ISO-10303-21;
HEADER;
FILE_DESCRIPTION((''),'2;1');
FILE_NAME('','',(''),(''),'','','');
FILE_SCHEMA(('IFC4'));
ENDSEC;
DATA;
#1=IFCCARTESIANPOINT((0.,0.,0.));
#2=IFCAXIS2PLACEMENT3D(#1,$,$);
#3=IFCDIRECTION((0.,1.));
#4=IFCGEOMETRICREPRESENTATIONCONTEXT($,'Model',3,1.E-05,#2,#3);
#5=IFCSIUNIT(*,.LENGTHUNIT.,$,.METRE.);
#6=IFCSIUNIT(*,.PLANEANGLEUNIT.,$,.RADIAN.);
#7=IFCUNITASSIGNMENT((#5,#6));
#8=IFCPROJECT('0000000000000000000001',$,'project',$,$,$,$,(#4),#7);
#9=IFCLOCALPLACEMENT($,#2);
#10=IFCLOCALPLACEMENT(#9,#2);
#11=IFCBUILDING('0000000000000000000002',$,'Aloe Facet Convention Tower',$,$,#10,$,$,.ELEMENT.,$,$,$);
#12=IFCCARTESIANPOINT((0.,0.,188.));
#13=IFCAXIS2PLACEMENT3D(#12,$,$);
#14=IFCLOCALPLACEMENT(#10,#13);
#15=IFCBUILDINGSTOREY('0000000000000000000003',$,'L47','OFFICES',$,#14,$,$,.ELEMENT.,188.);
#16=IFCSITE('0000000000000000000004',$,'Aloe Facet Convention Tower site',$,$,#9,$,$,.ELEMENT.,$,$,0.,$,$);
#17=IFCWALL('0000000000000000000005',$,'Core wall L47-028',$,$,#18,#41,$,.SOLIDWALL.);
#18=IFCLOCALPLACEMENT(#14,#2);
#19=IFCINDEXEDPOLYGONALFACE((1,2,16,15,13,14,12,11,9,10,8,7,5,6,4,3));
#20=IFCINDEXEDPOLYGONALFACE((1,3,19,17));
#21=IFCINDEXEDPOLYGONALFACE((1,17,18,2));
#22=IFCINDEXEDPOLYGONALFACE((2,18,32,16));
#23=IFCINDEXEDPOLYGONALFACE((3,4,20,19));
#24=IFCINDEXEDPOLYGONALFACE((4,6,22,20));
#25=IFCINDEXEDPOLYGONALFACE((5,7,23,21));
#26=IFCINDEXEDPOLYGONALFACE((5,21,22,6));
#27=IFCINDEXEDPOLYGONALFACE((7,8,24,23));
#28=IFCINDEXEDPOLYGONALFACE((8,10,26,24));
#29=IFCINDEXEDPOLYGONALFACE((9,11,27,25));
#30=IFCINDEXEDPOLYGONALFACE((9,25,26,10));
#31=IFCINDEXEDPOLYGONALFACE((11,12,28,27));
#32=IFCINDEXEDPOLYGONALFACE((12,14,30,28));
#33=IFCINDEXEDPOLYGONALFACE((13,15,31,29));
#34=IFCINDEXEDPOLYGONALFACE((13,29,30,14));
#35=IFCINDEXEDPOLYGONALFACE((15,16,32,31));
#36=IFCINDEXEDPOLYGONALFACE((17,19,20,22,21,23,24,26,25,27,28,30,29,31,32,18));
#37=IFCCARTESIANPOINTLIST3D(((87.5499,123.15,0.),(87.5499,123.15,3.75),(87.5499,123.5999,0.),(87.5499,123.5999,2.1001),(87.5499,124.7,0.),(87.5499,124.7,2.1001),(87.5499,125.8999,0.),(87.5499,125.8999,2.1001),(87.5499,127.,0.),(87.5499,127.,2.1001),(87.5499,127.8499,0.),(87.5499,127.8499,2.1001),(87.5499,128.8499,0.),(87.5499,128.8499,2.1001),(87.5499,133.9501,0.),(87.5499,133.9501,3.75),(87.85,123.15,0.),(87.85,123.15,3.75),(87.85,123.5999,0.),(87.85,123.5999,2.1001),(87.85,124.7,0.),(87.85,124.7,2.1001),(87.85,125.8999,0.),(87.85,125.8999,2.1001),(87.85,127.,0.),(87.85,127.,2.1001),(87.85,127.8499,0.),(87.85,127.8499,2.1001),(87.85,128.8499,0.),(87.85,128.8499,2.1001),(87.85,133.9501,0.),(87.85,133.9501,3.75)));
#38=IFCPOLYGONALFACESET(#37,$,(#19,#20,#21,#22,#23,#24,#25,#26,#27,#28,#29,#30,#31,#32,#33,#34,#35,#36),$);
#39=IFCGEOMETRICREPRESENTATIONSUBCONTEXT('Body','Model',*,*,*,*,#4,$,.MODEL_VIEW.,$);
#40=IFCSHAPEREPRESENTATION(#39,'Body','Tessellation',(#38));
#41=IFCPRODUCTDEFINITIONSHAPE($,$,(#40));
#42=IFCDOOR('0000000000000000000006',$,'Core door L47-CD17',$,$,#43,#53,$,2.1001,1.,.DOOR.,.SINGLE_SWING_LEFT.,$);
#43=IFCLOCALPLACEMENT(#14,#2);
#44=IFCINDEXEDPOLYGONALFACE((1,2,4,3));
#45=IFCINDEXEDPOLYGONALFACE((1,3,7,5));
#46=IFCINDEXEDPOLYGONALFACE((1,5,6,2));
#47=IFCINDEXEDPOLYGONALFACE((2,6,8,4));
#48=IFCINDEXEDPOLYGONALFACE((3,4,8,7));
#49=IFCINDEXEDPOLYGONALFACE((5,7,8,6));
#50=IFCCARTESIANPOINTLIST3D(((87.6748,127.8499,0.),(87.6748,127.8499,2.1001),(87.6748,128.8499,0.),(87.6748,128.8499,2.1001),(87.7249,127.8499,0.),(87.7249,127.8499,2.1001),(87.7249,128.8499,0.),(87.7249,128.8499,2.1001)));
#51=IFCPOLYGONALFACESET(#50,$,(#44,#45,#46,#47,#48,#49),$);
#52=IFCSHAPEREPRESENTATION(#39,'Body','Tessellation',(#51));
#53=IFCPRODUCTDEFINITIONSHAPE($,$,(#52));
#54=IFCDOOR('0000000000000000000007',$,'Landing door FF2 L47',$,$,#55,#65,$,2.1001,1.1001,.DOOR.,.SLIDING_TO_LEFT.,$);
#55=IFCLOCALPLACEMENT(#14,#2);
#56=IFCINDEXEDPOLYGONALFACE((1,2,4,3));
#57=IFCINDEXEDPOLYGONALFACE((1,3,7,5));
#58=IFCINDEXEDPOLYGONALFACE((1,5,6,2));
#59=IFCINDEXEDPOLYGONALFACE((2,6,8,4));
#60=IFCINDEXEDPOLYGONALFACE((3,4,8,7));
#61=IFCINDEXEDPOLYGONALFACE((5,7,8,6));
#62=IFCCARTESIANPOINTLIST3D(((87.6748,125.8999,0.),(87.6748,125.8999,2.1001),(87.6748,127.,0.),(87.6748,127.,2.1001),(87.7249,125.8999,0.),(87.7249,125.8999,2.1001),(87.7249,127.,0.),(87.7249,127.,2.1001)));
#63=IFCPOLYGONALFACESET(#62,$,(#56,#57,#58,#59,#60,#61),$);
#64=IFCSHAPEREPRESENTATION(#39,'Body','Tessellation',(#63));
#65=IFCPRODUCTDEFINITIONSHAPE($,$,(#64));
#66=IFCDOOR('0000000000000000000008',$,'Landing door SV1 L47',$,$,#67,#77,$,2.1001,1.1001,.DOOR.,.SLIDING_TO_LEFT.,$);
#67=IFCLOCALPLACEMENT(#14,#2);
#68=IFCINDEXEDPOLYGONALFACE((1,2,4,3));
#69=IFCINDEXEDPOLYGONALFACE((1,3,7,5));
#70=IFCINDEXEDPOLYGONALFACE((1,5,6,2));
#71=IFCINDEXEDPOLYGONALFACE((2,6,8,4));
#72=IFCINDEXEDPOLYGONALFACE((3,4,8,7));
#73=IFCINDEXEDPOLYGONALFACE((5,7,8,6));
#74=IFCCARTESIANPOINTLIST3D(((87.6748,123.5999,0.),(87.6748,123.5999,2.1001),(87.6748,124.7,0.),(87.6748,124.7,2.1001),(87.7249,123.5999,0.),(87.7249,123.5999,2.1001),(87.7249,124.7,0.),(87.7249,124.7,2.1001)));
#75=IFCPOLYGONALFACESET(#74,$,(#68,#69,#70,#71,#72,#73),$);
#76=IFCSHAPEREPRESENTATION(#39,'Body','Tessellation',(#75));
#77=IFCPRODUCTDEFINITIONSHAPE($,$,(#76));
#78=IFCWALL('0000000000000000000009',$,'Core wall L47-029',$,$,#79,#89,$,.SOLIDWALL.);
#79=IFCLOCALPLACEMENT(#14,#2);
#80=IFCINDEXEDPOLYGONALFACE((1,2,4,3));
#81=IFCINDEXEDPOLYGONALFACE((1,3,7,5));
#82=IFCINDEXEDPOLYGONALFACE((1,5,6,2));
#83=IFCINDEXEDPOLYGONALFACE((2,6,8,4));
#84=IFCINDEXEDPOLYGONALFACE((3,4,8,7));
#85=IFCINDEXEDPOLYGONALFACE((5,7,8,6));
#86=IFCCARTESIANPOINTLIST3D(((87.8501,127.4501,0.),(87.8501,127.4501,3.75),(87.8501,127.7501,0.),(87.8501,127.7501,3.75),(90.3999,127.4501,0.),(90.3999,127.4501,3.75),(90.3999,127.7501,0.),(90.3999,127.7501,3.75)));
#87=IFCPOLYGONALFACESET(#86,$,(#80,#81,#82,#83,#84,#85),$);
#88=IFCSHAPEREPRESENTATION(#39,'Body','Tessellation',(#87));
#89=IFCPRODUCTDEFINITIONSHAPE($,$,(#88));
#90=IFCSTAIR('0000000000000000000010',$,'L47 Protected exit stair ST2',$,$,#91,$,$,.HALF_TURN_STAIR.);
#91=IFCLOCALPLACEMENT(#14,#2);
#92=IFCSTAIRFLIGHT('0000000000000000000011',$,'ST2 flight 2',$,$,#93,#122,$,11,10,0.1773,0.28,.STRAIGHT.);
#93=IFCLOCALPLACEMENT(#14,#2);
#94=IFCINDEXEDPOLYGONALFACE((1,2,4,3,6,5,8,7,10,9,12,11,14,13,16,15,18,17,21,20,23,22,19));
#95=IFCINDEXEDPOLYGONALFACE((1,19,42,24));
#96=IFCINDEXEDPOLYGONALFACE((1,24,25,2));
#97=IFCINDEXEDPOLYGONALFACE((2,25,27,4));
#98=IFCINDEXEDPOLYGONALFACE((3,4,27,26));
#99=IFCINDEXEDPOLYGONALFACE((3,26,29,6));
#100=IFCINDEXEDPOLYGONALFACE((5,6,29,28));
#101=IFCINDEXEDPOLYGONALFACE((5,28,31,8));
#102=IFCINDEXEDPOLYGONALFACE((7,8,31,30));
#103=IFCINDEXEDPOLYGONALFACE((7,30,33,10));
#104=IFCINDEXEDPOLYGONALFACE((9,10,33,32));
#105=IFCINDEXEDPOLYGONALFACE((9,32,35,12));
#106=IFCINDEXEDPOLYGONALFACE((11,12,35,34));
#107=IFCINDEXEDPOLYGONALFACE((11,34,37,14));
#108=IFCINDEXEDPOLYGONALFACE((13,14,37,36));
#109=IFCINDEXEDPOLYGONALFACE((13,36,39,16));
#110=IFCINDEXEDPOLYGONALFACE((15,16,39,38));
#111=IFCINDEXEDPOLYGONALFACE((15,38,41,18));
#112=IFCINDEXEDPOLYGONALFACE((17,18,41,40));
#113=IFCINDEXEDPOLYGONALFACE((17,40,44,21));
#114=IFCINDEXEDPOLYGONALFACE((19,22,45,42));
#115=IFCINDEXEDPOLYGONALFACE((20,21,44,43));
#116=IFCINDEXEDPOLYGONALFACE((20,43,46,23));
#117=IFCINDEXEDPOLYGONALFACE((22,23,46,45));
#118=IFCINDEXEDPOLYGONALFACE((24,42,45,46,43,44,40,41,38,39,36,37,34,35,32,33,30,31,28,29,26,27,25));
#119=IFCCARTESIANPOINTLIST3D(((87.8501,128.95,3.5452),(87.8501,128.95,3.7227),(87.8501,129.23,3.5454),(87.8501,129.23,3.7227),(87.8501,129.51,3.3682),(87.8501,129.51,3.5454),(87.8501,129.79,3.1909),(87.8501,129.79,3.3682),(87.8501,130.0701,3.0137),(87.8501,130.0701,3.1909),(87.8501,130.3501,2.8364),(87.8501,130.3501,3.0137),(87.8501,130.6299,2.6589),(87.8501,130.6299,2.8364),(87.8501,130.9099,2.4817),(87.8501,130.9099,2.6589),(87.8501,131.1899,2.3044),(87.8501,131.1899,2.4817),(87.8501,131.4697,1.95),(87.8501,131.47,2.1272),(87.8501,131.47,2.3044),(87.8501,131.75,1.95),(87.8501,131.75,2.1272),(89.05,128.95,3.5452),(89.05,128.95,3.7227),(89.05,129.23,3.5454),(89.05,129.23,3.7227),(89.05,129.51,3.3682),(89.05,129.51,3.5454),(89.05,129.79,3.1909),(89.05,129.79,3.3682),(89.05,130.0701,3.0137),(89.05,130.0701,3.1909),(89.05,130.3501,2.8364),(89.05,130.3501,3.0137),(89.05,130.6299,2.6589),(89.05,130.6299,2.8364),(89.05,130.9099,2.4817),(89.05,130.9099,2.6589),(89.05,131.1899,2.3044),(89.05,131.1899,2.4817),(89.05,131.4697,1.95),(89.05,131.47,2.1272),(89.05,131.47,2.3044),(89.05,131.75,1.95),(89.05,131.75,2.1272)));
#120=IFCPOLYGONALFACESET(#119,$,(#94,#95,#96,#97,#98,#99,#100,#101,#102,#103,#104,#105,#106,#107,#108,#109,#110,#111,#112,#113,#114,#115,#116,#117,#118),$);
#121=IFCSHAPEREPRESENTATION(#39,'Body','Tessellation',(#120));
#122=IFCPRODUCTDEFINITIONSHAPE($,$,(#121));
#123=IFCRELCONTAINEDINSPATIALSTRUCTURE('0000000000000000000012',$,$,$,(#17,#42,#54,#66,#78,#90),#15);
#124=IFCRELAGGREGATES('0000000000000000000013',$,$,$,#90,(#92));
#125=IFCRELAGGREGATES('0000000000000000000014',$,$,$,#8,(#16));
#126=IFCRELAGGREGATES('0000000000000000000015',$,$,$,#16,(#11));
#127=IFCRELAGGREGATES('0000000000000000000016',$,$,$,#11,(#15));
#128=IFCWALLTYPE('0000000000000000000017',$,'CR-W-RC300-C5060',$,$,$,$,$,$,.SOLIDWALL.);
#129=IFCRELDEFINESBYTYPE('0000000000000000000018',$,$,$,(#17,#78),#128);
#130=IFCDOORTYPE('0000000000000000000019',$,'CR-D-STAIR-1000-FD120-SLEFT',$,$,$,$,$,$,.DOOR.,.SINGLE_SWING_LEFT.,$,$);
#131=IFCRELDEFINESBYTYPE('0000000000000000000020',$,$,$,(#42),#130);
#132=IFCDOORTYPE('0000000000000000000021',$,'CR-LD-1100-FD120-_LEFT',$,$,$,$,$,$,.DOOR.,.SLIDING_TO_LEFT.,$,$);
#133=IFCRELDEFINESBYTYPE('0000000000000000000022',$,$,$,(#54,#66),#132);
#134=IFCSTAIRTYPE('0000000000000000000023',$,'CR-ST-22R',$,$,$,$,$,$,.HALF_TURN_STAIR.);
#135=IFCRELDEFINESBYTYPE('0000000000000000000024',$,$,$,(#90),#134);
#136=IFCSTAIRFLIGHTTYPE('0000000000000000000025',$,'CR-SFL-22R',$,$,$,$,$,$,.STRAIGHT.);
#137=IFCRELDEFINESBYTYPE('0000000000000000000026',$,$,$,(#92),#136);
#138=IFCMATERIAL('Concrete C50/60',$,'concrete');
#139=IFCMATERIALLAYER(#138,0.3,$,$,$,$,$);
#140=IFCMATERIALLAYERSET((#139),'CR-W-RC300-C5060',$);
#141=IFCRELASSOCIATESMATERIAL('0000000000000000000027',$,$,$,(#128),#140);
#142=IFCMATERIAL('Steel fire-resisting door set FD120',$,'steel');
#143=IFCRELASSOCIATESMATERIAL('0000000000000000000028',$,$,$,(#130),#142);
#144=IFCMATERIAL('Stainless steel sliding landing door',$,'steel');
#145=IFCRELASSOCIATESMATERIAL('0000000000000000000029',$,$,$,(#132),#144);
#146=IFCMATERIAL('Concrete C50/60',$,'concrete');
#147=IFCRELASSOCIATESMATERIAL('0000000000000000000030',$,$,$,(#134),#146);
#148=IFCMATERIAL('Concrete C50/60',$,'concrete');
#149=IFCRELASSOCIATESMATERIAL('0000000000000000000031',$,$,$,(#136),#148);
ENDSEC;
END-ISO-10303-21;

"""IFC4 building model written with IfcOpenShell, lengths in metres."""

from ifc_helpers import new_model, si_unit, direction, frame, frame_2d, origin, place, context, subcontext, project, spatial, polyline, rectangle, outline, extrude, material, layer, layer_set, type_object, element, fill, aggregate, save


model = new_model("IFC4")

# Units and contexts
model_context = context("Model", 3, precision=1e-05, world=origin(), true_north=direction((0.0, 1.0)))
body_context = subcontext(model_context, "Body", "Model", "MODEL_VIEW")
ifc_project = project(units=[si_unit("LENGTHUNIT", "METRE"), si_unit("PLANEANGLEUNIT", "RADIAN")], contexts=[model_context])

# Site, building, storey
site_placement = place(None, origin())
site = spatial("IfcSite", under=ifc_project, at=site_placement, Name="Aloe Facet Convention Tower site", CompositionType="ELEMENT", RefElevation=0.0)
building_placement = place(site_placement, origin())
building = spatial("IfcBuilding", under=site, at=building_placement, Name="Aloe Facet Convention Tower", CompositionType="ELEMENT")
storey_placement = place(building_placement, frame((0.0, 0.0, 188.0)))
storey = spatial("IfcBuildingStorey", under=building, at=storey_placement, Name="L47", Description="OFFICES", CompositionType="ELEMENT", Elevation=188.0)

# Shared definitions
ifc_material_1 = material(Name="Concrete C50/60", Category="concrete")
ifc_layer_1 = layer(ifc_material_1, 0.3)
ifc_layer_set_1 = layer_set([ifc_layer_1], Name="CR-W-RC300-C5060")
wall_type_1 = type_object("IfcWallType", Name="CR-W-RC300-C5060", PredefinedType="SOLIDWALL", material=ifc_layer_set_1)

# Wall, openings, doors
wall_1_placement = place(storey_placement, frame((87.7, 133.95, 0.0), z_axis=(0.0, 0.0, 1.0), x_axis=(0.0, -1.0, 0.0)))
wall_1 = element("IfcWall", 1, at=wall_1_placement, inside=storey, type_object=wall_type_1, Name="Core wall L47-028", PredefinedType="SOLIDWALL", context=body_context, shape_type="SweptSolid", body=[
    extrude(rectangle(XDim=10.8, YDim=0.3, at=frame_2d((5.3999, 0.0))), origin(), (0.0, 0.0, 1.0), 3.75),
])
opening_1_placement = place(wall_1_placement, frame((6.95, 0.0, 0.0)))
opening_1 = element("IfcOpeningElement", 2, at=opening_1_placement, cuts=wall_1, PredefinedType="OPENING", context=body_context, shape_type="SweptSolid", body=[
    extrude(rectangle(XDim=1.1001, YDim=2.1001, at=frame_2d((0.55, 1.05))), frame((0.0, 0.1602, 0.0), z_axis=(0.0, -1.0, 0.0), x_axis=(1.0, 0.0, 0.0)), (0.0, 0.0, 1.0), 0.3201),
])
opening_2_placement = place(wall_1_placement, frame((5.1001, 0.0, 0.0)))
opening_2 = element("IfcOpeningElement", 3, at=opening_2_placement, cuts=wall_1, PredefinedType="OPENING", context=body_context, shape_type="SweptSolid", body=[
    extrude(rectangle(XDim=1.0, YDim=2.1001, at=frame_2d((0.5, 1.05))), frame((0.0, 0.1602, 0.0), z_axis=(0.0, -1.0, 0.0), x_axis=(1.0, 0.0, 0.0)), (0.0, 0.0, 1.0), 0.3201),
])
opening_3_placement = place(wall_1_placement, frame((9.25, 0.0, 0.0)))
opening_3 = element("IfcOpeningElement", 4, at=opening_3_placement, cuts=wall_1, PredefinedType="OPENING", context=body_context, shape_type="SweptSolid", body=[
    extrude(rectangle(XDim=1.1001, YDim=2.1001, at=frame_2d((0.55, 1.05))), frame((0.0, 0.1602, 0.0), z_axis=(0.0, -1.0, 0.0), x_axis=(1.0, 0.0, 0.0)), (0.0, 0.0, 1.0), 0.3201),
])
ifc_material_2 = material(Name="Steel fire-resisting door set FD120", Category="steel")
door_type_1 = type_object("IfcDoorType", Name="CR-D-STAIR-1000-FD120-SLEFT", OperationType="SINGLE_SWING_LEFT", PredefinedType="DOOR", material=ifc_material_2)
door_1_placement = place(opening_2_placement, origin())
door_1 = element("IfcDoor", 5, at=door_1_placement, inside=storey, type_object=door_type_1, Name="Core door L47-CD17", OperationType="SINGLE_SWING_LEFT", OverallHeight=2.1001, OverallWidth=1.0, PredefinedType="DOOR", context=body_context, shape_type="SweptSolid", body=[
    extrude(rectangle(XDim=1.0, YDim=2.1001, at=frame_2d((0.5, 1.05))), frame((0.0, 0.0249, 0.0), z_axis=(0.0, -1.0, 0.0), x_axis=(1.0, 0.0, 0.0)), (0.0, 0.0, 1.0), 0.05),
])
fill(opening_2, door_1)
ifc_material_3 = material(Name="Stainless steel sliding landing door", Category="steel")
door_type_2 = type_object("IfcDoorType", Name="CR-LD-1100-FD120-_LEFT", OperationType="SLIDING_TO_LEFT", PredefinedType="DOOR", material=ifc_material_3)
door_2_placement = place(opening_1_placement, origin())
door_2 = element("IfcDoor", 6, at=door_2_placement, inside=storey, type_object=door_type_2, Name="Landing door FF2 L47", OperationType="SLIDING_TO_LEFT", OverallHeight=2.1001, OverallWidth=1.1001, PredefinedType="DOOR", context=body_context, shape_type="SweptSolid", body=[
    extrude(rectangle(XDim=1.1001, YDim=2.1001, at=frame_2d((0.55, 1.05))), frame((0.0, 0.0249, 0.0), z_axis=(0.0, -1.0, 0.0), x_axis=(1.0, 0.0, 0.0)), (0.0, 0.0, 1.0), 0.05),
])
fill(opening_1, door_2)
door_3_placement = place(opening_3_placement, origin())
door_3 = element("IfcDoor", 7, at=door_3_placement, inside=storey, type_object=door_type_2, Name="Landing door SV1 L47", OperationType="SLIDING_TO_LEFT", OverallHeight=2.1001, OverallWidth=1.1001, PredefinedType="DOOR", context=body_context, shape_type="SweptSolid", body=[
    extrude(rectangle(XDim=1.1001, YDim=2.1001, at=frame_2d((0.55, 1.05))), frame((0.0, 0.0249, 0.0), z_axis=(0.0, -1.0, 0.0), x_axis=(1.0, 0.0, 0.0)), (0.0, 0.0, 1.0), 0.05),
])
fill(opening_3, door_3)

# Wall
wall_2_placement = place(storey_placement, frame((87.8501, 127.6001, 0.0), z_axis=(0.0, 0.0, 1.0), x_axis=(1.0, 0.0, 0.0)))
element("IfcWall", 8, at=wall_2_placement, inside=storey, type_object=wall_type_1, Name="Core wall L47-029", PredefinedType="SOLIDWALL", context=body_context, shape_type="SweptSolid", body=[
    extrude(rectangle(XDim=2.5498, YDim=0.3, at=frame_2d((1.2749, 0.0))), origin(), (0.0, 0.0, 1.0), 3.75),
])

# Stair, stair flight
ifc_material_4 = material(Name="Concrete C50/60", Category="concrete")
stair_type = type_object("IfcStairType", Name="CR-ST-22R", PredefinedType="HALF_TURN_STAIR", material=ifc_material_4)
stair_placement = place(storey_placement, origin())
stair = element("IfcStair", 9, at=stair_placement, inside=storey, type_object=stair_type, Name="L47 Protected exit stair ST2", PredefinedType="HALF_TURN_STAIR")
ifc_material_5 = material(Name="Concrete C50/60", Category="concrete")
stair_flight_type = type_object("IfcStairFlightType", Name="CR-SFL-22R", PredefinedType="STRAIGHT", material=ifc_material_5)
stair_flight_placement = place(storey_placement, frame((88.45, 131.75, 1.95), z_axis=(0.0, 0.0, 1.0), x_axis=(0.0, -1.0, 0.0)))
stair_flight = element("IfcStairFlight", 10, at=stair_flight_placement, type_object=stair_flight_type, Name="ST2 flight 2", NumberOfRisers=11, NumberOfTreads=10, PredefinedType="STRAIGHT", RiserHeight=0.1773, TreadLength=0.28, context=body_context, shape_type="SweptSolid", body=[
    extrude(outline(polyline([(0.0, 0.0), (0.0, 0.1772), (0.28, 0.1772), (0.28, 0.3545), (0.5601, 0.3545), (0.5601, 0.5317), (0.8401, 0.5317), (0.8401, 0.709), (1.1201, 0.709), (1.1201, 0.8865), (1.3999, 0.8865), (1.3999, 1.0637), (1.6799, 1.0637), (1.6799, 1.241), (1.96, 1.241), (1.96, 1.4182), (2.24, 1.4182), (2.24, 1.5955), (2.52, 1.5955), (2.52, 1.7727), (2.8, 1.7727), (2.8, 1.95), (2.8, 1.5952), (0.2803, 0.0), (0.0, 0.0)])), frame((0.0, 0.6001, 0.0), z_axis=(0.0, -1.0, 0.0), x_axis=(1.0, 0.0, 0.0)), (0.0, 0.0, 1.0), 1.2),
])
aggregate(stair, [stair_flight])

save(model, "model.ifc")
